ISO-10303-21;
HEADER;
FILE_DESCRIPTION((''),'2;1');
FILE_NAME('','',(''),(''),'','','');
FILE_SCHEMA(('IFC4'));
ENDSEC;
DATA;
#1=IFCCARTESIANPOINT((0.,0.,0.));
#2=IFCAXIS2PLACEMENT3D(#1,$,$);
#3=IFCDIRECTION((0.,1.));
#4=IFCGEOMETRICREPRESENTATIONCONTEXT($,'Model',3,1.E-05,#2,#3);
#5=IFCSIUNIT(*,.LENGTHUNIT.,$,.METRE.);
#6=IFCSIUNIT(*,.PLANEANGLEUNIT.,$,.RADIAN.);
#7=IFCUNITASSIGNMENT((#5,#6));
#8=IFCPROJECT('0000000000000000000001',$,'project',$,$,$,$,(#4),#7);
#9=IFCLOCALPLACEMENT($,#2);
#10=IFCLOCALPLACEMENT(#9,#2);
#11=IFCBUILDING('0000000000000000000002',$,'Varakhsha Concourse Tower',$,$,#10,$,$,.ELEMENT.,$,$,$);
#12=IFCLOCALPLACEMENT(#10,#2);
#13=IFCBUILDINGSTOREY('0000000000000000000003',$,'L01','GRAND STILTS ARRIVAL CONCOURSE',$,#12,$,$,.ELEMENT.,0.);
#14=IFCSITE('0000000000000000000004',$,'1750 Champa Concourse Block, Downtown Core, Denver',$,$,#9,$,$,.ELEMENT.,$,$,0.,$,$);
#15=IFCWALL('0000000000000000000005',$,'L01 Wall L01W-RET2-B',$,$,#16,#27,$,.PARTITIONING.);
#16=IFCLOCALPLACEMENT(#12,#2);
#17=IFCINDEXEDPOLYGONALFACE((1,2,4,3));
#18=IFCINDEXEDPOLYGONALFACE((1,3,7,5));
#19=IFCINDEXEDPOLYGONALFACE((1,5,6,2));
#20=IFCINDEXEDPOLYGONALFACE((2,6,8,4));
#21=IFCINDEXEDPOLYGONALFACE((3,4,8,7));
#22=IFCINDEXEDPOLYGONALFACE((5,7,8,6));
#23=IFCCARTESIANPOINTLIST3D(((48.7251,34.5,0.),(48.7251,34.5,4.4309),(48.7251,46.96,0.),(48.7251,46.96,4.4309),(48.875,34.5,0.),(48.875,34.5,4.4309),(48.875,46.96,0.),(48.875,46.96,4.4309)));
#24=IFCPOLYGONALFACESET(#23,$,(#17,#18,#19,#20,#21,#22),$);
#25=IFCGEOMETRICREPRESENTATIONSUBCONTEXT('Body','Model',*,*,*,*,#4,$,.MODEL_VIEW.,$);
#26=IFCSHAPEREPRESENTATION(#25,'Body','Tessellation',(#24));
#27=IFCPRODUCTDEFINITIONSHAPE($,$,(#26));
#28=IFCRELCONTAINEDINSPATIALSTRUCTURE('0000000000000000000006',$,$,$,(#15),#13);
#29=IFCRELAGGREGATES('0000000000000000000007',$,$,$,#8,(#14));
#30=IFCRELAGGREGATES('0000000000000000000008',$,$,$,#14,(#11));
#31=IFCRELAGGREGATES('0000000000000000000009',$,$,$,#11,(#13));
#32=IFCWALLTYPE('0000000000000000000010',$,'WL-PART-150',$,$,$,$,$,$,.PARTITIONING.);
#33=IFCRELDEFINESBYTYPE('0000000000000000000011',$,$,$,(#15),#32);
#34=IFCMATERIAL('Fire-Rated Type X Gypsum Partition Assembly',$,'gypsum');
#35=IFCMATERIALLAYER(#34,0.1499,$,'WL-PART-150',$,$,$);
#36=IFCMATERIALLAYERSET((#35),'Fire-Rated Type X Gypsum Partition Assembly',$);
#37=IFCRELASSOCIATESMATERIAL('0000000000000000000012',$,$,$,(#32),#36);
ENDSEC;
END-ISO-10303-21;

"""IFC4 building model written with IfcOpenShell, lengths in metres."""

from ifc_helpers import new_model, si_unit, direction, frame, frame_2d, origin, place, context, subcontext, project, spatial, rectangle, extrude, material, layer, layer_set, type_object, element, save


model = new_model("IFC4")

# Units and contexts
model_context = context("Model", 3, precision=1e-05, world=origin(), true_north=direction((0.0, 1.0)))
body_context = subcontext(model_context, "Body", "Model", "MODEL_VIEW")
ifc_project = project(units=[si_unit("LENGTHUNIT", "METRE"), si_unit("PLANEANGLEUNIT", "RADIAN")], contexts=[model_context])

# Site, building, storey
site_placement = place(None, origin())
site = spatial("IfcSite", under=ifc_project, at=site_placement, Name="1750 Champa Concourse Block, Downtown Core, Denver", CompositionType="ELEMENT", RefElevation=0.0)
building_placement = place(site_placement, origin())
building = spatial("IfcBuilding", under=site, at=building_placement, Name="Varakhsha Concourse Tower", CompositionType="ELEMENT")
storey_placement = place(building_placement, origin())
storey = spatial("IfcBuildingStorey", under=building, at=storey_placement, Name="L01", Description="GRAND STILTS ARRIVAL CONCOURSE", CompositionType="ELEMENT", Elevation=0.0)

# Shared definitions
ifc_material_1 = material(Name="Fire-Rated Type X Gypsum Partition Assembly", Category="gypsum")
ifc_layer_1 = layer(ifc_material_1, 0.1499, Name="WL-PART-150")
ifc_layer_set_1 = layer_set([ifc_layer_1], Name="Fire-Rated Type X Gypsum Partition Assembly")
wall_type = type_object("IfcWallType", Name="WL-PART-150", PredefinedType="PARTITIONING", material=ifc_layer_set_1)

# Wall
wall_1_placement = place(storey_placement, frame((48.8, 34.5, 0.0), z_axis=(0.0, 0.0, 1.0), x_axis=(0.0, 1.0, 0.0)))
element("IfcWall", 1, at=wall_1_placement, inside=storey, type_object=wall_type, Name="L01 Wall L01W-RET2-B", PredefinedType="PARTITIONING", context=body_context, shape_type="SweptSolid", body=[
    extrude(rectangle(XDim=12.46, YDim=0.1499, at=frame_2d((6.23, 0.0))), origin(), (0.0, 0.0, 1.0), 4.4309),
])

save(model, "model.ifc")
